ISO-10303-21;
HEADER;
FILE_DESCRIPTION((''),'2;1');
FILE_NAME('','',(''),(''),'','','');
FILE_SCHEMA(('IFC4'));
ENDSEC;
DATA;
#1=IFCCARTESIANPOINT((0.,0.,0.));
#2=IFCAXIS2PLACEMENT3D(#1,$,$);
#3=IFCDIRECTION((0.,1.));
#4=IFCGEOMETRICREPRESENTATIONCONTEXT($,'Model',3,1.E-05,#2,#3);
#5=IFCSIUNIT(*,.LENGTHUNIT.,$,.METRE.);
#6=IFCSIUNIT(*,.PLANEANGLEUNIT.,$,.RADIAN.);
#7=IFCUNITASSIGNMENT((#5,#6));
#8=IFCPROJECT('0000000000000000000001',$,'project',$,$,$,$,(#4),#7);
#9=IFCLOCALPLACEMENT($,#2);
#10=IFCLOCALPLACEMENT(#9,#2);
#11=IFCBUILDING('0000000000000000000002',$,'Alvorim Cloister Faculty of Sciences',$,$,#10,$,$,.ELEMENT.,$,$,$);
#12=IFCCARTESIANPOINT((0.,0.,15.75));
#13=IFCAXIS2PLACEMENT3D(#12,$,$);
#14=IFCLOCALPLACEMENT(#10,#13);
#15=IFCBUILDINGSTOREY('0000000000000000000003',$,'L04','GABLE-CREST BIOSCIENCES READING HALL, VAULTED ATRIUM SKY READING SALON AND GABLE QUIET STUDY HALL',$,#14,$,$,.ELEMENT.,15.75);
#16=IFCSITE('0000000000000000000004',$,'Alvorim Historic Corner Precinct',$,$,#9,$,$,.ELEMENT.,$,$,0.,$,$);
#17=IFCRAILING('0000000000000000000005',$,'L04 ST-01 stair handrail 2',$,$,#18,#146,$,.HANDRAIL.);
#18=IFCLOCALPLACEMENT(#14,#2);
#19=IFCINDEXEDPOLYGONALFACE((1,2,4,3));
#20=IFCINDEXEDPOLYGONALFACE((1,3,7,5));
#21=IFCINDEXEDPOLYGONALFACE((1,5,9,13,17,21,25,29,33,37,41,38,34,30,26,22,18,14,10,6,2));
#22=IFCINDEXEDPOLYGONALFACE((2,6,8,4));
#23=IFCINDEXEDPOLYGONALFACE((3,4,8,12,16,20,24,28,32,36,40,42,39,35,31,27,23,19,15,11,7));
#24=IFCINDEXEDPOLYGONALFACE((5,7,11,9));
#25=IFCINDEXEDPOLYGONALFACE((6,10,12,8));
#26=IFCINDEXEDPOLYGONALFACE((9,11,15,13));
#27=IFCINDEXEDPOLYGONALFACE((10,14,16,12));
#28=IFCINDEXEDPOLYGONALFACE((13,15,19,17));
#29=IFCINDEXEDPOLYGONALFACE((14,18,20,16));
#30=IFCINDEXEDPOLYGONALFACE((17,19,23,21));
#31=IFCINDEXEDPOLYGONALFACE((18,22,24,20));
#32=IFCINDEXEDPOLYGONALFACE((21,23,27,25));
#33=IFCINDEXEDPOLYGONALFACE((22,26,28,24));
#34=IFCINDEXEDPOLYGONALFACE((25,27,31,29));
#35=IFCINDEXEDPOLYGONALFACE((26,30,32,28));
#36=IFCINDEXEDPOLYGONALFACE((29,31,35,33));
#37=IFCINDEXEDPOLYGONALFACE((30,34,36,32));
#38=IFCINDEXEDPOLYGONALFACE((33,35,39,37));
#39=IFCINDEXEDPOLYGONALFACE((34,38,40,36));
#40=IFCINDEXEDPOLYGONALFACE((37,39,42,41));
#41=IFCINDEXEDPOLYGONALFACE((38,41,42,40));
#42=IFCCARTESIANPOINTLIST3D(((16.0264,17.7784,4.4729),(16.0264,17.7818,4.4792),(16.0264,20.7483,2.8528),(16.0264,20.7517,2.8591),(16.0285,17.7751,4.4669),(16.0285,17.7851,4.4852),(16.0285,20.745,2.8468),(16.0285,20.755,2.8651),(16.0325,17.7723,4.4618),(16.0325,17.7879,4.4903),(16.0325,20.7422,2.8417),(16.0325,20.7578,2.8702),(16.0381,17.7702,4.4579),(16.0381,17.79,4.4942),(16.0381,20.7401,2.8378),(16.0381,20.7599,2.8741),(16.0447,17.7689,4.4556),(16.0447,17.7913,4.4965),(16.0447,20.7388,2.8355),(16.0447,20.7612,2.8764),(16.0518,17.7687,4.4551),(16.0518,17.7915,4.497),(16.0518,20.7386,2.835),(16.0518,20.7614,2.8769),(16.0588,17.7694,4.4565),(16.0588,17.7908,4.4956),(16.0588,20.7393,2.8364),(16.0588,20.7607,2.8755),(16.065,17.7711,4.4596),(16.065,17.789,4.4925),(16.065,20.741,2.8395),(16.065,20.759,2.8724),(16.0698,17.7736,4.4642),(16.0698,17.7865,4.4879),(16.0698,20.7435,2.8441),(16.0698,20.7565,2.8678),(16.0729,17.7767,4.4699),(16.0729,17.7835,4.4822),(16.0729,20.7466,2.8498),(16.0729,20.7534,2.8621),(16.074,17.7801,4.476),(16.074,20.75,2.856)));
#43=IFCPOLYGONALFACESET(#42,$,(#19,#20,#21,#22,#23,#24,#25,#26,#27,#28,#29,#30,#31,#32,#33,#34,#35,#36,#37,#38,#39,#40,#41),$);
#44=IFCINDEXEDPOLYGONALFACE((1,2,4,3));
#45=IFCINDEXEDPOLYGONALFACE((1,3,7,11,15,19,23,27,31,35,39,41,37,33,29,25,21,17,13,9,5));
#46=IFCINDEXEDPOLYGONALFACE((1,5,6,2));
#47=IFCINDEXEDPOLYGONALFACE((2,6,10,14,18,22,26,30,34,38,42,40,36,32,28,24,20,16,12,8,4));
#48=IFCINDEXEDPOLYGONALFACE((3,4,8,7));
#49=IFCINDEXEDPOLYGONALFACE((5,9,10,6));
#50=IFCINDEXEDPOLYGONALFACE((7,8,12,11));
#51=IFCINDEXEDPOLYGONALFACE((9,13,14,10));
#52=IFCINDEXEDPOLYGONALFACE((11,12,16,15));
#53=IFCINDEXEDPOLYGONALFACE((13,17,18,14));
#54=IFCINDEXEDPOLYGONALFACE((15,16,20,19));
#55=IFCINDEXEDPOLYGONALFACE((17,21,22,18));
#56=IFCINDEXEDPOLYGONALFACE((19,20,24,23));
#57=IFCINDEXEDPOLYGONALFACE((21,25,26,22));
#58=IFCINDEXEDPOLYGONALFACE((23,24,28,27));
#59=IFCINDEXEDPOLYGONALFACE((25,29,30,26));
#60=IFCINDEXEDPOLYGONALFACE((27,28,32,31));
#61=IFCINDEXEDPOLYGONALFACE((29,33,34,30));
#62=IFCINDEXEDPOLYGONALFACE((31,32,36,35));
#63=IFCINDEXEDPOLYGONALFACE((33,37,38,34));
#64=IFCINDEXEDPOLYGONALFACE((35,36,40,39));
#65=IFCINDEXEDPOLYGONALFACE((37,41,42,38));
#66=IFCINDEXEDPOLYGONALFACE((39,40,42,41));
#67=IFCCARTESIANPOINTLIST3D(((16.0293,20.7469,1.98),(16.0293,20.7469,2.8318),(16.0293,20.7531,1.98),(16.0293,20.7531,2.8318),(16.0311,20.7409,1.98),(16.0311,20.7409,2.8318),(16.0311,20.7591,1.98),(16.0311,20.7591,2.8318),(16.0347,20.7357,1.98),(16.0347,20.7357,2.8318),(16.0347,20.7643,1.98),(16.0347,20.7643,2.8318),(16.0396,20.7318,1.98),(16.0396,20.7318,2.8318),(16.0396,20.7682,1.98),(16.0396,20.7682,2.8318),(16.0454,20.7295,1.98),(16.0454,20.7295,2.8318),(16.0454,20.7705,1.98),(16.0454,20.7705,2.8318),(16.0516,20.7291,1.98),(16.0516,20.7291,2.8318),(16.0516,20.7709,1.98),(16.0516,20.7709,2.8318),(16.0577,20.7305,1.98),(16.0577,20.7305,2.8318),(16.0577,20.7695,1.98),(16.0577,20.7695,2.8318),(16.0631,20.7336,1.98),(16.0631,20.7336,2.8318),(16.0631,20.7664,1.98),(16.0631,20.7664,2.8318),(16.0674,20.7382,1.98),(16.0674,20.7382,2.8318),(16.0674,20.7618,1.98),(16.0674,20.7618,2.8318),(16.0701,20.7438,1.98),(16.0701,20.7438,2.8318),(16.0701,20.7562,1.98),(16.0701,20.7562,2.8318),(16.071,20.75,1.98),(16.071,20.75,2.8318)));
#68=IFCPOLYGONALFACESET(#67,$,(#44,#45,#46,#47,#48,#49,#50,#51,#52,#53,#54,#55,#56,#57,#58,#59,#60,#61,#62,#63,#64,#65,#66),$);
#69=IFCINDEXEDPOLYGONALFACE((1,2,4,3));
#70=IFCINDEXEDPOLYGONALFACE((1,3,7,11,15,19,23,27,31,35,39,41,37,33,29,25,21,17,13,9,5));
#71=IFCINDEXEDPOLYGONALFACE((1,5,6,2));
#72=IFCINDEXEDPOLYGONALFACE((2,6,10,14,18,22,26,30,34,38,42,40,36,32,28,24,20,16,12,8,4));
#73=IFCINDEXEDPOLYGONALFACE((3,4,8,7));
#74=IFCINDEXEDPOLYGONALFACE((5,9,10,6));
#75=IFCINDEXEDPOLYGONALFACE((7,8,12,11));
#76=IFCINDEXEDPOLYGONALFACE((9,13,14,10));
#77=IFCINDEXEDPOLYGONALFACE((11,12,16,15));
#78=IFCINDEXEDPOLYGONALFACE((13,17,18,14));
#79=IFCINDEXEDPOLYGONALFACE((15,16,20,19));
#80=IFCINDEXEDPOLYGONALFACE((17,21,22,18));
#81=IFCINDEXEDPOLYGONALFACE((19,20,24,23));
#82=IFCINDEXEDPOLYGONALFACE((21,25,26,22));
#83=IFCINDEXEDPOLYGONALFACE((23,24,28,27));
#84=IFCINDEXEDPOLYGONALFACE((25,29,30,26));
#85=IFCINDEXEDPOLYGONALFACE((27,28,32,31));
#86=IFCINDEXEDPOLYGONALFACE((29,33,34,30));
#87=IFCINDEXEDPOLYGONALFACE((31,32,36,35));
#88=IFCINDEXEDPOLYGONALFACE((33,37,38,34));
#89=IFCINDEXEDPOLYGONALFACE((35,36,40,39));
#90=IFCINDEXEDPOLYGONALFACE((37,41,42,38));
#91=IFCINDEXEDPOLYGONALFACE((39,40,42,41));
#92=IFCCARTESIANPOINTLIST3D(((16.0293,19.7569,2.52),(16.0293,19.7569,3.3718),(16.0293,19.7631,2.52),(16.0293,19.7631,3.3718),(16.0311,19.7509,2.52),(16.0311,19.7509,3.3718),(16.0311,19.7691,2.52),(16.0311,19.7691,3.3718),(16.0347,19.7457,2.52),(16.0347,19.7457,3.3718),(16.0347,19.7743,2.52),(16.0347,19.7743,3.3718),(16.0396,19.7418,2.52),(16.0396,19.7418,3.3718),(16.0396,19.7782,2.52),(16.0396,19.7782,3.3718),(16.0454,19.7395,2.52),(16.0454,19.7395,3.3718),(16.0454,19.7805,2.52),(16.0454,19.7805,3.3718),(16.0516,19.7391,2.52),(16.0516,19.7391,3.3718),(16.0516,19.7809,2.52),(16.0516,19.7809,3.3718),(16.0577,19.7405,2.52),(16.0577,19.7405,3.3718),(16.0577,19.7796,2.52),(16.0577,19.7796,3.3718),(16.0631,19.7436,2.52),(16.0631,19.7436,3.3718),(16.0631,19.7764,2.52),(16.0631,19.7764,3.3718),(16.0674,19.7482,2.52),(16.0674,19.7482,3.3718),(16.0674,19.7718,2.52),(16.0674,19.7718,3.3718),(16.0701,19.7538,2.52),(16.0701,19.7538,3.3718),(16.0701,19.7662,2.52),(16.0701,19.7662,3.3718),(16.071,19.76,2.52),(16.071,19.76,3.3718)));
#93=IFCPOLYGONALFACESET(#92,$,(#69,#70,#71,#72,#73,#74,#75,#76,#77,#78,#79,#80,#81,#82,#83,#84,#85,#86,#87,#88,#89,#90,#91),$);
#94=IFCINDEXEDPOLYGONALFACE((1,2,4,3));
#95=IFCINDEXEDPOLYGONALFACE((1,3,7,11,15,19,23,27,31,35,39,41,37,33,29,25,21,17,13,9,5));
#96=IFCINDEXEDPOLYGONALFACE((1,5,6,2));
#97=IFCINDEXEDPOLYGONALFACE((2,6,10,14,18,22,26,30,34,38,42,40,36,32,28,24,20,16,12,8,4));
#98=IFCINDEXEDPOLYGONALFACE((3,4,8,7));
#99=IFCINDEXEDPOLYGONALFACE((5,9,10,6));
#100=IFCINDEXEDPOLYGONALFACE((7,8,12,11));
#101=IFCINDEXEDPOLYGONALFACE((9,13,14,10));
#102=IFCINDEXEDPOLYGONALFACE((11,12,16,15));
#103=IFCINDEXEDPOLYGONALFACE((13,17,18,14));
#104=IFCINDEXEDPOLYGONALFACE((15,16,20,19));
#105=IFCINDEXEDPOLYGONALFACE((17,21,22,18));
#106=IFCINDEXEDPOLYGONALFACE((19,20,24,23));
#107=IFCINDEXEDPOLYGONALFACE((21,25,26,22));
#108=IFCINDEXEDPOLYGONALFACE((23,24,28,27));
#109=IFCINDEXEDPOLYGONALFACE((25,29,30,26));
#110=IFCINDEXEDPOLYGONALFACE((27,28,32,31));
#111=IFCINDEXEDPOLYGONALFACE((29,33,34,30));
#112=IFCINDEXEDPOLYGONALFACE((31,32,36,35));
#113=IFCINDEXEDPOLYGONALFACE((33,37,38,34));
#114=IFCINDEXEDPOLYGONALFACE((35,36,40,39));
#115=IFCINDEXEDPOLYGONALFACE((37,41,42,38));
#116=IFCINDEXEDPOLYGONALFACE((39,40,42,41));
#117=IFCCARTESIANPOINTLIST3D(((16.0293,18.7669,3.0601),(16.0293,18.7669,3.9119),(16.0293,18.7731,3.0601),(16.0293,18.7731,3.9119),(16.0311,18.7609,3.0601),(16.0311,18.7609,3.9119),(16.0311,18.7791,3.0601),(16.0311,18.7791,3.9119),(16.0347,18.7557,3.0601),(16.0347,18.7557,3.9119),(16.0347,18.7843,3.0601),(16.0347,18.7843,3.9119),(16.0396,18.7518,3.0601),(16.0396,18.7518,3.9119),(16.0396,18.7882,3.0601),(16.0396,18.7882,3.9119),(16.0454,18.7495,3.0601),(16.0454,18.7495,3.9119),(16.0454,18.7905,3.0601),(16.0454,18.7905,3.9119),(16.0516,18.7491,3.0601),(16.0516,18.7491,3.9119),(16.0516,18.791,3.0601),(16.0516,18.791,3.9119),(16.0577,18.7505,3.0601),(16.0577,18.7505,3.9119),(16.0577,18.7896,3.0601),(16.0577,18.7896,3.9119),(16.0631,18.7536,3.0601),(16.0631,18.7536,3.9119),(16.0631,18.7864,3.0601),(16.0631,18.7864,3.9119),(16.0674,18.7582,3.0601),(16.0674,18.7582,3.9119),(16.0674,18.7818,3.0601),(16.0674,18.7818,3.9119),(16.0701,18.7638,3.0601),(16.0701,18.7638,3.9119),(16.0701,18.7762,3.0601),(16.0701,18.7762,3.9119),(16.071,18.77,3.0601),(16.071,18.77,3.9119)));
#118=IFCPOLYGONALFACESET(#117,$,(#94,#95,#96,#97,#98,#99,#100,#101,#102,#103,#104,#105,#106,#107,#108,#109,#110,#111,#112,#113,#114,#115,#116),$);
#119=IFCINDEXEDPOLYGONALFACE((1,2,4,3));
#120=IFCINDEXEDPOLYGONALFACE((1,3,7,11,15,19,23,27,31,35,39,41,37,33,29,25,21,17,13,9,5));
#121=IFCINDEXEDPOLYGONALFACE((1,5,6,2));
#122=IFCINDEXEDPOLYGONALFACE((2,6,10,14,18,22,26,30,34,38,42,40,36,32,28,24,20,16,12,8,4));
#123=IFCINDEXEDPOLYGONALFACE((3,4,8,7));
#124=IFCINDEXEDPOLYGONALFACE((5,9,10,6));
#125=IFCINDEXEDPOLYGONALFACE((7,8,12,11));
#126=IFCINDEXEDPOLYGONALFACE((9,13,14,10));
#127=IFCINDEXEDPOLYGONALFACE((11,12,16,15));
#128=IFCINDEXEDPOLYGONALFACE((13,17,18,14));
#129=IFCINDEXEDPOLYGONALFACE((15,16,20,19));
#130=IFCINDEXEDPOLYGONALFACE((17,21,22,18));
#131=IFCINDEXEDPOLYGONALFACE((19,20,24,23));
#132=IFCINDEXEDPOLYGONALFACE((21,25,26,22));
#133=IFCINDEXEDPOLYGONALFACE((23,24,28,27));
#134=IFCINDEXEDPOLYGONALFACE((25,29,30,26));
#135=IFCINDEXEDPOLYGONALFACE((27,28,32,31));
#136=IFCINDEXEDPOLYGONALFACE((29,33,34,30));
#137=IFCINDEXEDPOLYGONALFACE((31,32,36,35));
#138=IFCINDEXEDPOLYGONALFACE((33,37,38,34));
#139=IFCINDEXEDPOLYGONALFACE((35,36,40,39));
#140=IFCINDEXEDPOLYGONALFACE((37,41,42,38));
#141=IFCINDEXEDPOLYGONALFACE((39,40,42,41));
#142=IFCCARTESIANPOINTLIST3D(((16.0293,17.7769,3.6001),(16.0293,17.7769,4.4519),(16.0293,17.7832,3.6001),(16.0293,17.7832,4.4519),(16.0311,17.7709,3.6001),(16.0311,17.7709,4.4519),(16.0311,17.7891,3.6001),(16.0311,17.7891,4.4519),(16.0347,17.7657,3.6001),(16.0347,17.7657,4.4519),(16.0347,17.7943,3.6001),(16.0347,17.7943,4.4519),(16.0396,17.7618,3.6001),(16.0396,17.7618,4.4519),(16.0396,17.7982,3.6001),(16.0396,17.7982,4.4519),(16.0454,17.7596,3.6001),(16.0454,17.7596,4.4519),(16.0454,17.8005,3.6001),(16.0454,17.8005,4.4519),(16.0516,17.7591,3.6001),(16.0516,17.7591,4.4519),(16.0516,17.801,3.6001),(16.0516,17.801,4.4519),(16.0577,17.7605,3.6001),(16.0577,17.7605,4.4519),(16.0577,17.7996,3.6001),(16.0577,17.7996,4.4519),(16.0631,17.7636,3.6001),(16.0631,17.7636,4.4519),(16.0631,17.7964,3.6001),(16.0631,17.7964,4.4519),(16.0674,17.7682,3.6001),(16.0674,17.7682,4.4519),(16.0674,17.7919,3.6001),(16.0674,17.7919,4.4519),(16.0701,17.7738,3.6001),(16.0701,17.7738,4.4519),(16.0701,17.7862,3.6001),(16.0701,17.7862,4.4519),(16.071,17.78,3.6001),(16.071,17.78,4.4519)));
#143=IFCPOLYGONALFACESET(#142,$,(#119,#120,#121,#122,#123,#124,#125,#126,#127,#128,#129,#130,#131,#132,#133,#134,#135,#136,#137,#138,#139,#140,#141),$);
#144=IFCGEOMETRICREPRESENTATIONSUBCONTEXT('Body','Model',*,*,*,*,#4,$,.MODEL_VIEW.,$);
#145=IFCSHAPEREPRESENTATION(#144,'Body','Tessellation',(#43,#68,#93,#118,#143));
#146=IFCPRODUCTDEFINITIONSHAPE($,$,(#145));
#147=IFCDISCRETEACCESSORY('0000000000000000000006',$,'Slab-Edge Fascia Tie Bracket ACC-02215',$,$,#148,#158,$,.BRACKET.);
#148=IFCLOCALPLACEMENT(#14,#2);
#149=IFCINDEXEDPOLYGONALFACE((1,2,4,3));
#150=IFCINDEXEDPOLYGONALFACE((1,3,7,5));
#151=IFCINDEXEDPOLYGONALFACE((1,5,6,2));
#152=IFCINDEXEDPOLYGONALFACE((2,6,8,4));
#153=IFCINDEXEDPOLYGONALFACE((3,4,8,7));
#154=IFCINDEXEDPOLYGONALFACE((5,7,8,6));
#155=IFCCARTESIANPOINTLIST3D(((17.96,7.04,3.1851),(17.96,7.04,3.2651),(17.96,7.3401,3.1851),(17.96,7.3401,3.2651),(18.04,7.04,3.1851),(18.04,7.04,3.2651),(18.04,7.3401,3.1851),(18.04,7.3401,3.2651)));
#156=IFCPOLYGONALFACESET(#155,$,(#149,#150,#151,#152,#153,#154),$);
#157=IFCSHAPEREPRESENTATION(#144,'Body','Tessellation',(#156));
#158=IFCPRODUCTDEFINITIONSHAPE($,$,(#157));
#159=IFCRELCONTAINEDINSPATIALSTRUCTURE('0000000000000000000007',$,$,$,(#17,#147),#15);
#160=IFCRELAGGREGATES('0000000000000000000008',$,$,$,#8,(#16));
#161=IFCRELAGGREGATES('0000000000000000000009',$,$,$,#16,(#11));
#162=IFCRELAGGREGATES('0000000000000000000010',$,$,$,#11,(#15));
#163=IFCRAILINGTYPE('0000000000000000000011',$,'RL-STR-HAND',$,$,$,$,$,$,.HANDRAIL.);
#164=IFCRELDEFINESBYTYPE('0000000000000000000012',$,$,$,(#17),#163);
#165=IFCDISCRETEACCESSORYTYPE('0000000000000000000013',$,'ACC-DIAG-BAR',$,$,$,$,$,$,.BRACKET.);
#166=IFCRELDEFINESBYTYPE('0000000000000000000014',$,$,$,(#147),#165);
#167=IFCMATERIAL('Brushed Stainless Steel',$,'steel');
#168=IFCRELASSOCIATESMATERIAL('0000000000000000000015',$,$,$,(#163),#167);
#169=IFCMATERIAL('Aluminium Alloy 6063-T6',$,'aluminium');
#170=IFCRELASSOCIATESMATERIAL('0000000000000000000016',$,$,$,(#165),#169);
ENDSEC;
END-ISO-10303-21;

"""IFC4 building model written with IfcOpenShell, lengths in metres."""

from ifc_helpers import new_model, si_unit, direction, frame, origin, origin_2d, place, context, subcontext, project, spatial, rectangle, circle, extrude, material, type_object, element, save


model = new_model("IFC4")

# Units and contexts
model_context = context("Model", 3, precision=1e-05, world=origin(), true_north=direction((0.0, 1.0)))
body_context = subcontext(model_context, "Body", "Model", "MODEL_VIEW")
ifc_project = project(units=[si_unit("LENGTHUNIT", "METRE"), si_unit("PLANEANGLEUNIT", "RADIAN")], contexts=[model_context])

# Site, building, storey
site_placement = place(None, origin())
site = spatial("IfcSite", under=ifc_project, at=site_placement, Name="Alvorim Historic Corner Precinct", CompositionType="ELEMENT", RefElevation=0.0)
building_placement = place(site_placement, origin())
building = spatial("IfcBuilding", under=site, at=building_placement, Name="Alvorim Cloister Faculty of Sciences", CompositionType="ELEMENT")
storey_placement = place(building_placement, frame((0.0, 0.0, 15.75)))
storey = spatial("IfcBuildingStorey", under=building, at=storey_placement, Name="L04", Description="GABLE-CREST BIOSCIENCES READING HALL, VAULTED ATRIUM SKY READING SALON AND GABLE QUIET STUDY HALL", CompositionType="ELEMENT", Elevation=15.75)

# Shared definitions
ifc_material_1 = material(Name="Aluminium Alloy 6063-T6", Category="aluminium")

# Railing
ifc_material_2 = material(Name="Brushed Stainless Steel", Category="steel")
railing_type_1 = type_object("IfcRailingType", Name="RL-STR-HAND", PredefinedType="HANDRAIL", material=ifc_material_2)
railing_1_placement = place(storey_placement, frame((16.05, 20.75, 1.98)))
element("IfcRailing", 1, at=railing_1_placement, inside=storey, type_object=railing_type_1, Name="L04 ST-01 stair handrail 2", PredefinedType="HANDRAIL", context=body_context, shape_type="SweptSolid", body=[
    extrude(circle(Radius=0.0239, at=origin_2d()), frame((0.0, 0.0, 0.876), z_axis=(0.0, -0.877879, 0.478882), x_axis=(1.0, 0.0, 0.0)), (0.0, 0.0, 1.0), 3.3831),
    extrude(circle(Radius=0.021, at=origin_2d()), origin(), (0.0, 0.0, 1.0), 0.8518),
    extrude(circle(Radius=0.021, at=origin_2d()), frame((0.0, -0.99, 0.54)), (0.0, 0.0, 1.0), 0.8518),
    extrude(circle(Radius=0.021, at=origin_2d()), frame((0.0, -1.98, 1.0801)), (0.0, 0.0, 1.0), 0.8518),
    extrude(circle(Radius=0.021, at=origin_2d()), frame((0.0, -2.97, 1.6201)), (0.0, 0.0, 1.0), 0.8518),
])

# Discrete accessory
discrete_accessory_type = type_object("IfcDiscreteAccessoryType", Name="ACC-DIAG-BAR", PredefinedType="BRACKET", material=ifc_material_1)
discrete_accessory_placement = place(storey_placement, frame((18.0, 7.3401, 3.2251), z_axis=(0.0, -1.0, 0.0), x_axis=(1.0, 0.0, 0.0)))
element("IfcDiscreteAccessory", 2, at=discrete_accessory_placement, inside=storey, type_object=discrete_accessory_type, Name="Slab-Edge Fascia Tie Bracket ACC-02215", PredefinedType="BRACKET", context=body_context, shape_type="SweptSolid", body=[
    extrude(rectangle(XDim=0.0801, YDim=0.0801, at=origin_2d()), origin(), (0.0, 0.0, 1.0), 0.3),
])

save(model, "model.ifc")
